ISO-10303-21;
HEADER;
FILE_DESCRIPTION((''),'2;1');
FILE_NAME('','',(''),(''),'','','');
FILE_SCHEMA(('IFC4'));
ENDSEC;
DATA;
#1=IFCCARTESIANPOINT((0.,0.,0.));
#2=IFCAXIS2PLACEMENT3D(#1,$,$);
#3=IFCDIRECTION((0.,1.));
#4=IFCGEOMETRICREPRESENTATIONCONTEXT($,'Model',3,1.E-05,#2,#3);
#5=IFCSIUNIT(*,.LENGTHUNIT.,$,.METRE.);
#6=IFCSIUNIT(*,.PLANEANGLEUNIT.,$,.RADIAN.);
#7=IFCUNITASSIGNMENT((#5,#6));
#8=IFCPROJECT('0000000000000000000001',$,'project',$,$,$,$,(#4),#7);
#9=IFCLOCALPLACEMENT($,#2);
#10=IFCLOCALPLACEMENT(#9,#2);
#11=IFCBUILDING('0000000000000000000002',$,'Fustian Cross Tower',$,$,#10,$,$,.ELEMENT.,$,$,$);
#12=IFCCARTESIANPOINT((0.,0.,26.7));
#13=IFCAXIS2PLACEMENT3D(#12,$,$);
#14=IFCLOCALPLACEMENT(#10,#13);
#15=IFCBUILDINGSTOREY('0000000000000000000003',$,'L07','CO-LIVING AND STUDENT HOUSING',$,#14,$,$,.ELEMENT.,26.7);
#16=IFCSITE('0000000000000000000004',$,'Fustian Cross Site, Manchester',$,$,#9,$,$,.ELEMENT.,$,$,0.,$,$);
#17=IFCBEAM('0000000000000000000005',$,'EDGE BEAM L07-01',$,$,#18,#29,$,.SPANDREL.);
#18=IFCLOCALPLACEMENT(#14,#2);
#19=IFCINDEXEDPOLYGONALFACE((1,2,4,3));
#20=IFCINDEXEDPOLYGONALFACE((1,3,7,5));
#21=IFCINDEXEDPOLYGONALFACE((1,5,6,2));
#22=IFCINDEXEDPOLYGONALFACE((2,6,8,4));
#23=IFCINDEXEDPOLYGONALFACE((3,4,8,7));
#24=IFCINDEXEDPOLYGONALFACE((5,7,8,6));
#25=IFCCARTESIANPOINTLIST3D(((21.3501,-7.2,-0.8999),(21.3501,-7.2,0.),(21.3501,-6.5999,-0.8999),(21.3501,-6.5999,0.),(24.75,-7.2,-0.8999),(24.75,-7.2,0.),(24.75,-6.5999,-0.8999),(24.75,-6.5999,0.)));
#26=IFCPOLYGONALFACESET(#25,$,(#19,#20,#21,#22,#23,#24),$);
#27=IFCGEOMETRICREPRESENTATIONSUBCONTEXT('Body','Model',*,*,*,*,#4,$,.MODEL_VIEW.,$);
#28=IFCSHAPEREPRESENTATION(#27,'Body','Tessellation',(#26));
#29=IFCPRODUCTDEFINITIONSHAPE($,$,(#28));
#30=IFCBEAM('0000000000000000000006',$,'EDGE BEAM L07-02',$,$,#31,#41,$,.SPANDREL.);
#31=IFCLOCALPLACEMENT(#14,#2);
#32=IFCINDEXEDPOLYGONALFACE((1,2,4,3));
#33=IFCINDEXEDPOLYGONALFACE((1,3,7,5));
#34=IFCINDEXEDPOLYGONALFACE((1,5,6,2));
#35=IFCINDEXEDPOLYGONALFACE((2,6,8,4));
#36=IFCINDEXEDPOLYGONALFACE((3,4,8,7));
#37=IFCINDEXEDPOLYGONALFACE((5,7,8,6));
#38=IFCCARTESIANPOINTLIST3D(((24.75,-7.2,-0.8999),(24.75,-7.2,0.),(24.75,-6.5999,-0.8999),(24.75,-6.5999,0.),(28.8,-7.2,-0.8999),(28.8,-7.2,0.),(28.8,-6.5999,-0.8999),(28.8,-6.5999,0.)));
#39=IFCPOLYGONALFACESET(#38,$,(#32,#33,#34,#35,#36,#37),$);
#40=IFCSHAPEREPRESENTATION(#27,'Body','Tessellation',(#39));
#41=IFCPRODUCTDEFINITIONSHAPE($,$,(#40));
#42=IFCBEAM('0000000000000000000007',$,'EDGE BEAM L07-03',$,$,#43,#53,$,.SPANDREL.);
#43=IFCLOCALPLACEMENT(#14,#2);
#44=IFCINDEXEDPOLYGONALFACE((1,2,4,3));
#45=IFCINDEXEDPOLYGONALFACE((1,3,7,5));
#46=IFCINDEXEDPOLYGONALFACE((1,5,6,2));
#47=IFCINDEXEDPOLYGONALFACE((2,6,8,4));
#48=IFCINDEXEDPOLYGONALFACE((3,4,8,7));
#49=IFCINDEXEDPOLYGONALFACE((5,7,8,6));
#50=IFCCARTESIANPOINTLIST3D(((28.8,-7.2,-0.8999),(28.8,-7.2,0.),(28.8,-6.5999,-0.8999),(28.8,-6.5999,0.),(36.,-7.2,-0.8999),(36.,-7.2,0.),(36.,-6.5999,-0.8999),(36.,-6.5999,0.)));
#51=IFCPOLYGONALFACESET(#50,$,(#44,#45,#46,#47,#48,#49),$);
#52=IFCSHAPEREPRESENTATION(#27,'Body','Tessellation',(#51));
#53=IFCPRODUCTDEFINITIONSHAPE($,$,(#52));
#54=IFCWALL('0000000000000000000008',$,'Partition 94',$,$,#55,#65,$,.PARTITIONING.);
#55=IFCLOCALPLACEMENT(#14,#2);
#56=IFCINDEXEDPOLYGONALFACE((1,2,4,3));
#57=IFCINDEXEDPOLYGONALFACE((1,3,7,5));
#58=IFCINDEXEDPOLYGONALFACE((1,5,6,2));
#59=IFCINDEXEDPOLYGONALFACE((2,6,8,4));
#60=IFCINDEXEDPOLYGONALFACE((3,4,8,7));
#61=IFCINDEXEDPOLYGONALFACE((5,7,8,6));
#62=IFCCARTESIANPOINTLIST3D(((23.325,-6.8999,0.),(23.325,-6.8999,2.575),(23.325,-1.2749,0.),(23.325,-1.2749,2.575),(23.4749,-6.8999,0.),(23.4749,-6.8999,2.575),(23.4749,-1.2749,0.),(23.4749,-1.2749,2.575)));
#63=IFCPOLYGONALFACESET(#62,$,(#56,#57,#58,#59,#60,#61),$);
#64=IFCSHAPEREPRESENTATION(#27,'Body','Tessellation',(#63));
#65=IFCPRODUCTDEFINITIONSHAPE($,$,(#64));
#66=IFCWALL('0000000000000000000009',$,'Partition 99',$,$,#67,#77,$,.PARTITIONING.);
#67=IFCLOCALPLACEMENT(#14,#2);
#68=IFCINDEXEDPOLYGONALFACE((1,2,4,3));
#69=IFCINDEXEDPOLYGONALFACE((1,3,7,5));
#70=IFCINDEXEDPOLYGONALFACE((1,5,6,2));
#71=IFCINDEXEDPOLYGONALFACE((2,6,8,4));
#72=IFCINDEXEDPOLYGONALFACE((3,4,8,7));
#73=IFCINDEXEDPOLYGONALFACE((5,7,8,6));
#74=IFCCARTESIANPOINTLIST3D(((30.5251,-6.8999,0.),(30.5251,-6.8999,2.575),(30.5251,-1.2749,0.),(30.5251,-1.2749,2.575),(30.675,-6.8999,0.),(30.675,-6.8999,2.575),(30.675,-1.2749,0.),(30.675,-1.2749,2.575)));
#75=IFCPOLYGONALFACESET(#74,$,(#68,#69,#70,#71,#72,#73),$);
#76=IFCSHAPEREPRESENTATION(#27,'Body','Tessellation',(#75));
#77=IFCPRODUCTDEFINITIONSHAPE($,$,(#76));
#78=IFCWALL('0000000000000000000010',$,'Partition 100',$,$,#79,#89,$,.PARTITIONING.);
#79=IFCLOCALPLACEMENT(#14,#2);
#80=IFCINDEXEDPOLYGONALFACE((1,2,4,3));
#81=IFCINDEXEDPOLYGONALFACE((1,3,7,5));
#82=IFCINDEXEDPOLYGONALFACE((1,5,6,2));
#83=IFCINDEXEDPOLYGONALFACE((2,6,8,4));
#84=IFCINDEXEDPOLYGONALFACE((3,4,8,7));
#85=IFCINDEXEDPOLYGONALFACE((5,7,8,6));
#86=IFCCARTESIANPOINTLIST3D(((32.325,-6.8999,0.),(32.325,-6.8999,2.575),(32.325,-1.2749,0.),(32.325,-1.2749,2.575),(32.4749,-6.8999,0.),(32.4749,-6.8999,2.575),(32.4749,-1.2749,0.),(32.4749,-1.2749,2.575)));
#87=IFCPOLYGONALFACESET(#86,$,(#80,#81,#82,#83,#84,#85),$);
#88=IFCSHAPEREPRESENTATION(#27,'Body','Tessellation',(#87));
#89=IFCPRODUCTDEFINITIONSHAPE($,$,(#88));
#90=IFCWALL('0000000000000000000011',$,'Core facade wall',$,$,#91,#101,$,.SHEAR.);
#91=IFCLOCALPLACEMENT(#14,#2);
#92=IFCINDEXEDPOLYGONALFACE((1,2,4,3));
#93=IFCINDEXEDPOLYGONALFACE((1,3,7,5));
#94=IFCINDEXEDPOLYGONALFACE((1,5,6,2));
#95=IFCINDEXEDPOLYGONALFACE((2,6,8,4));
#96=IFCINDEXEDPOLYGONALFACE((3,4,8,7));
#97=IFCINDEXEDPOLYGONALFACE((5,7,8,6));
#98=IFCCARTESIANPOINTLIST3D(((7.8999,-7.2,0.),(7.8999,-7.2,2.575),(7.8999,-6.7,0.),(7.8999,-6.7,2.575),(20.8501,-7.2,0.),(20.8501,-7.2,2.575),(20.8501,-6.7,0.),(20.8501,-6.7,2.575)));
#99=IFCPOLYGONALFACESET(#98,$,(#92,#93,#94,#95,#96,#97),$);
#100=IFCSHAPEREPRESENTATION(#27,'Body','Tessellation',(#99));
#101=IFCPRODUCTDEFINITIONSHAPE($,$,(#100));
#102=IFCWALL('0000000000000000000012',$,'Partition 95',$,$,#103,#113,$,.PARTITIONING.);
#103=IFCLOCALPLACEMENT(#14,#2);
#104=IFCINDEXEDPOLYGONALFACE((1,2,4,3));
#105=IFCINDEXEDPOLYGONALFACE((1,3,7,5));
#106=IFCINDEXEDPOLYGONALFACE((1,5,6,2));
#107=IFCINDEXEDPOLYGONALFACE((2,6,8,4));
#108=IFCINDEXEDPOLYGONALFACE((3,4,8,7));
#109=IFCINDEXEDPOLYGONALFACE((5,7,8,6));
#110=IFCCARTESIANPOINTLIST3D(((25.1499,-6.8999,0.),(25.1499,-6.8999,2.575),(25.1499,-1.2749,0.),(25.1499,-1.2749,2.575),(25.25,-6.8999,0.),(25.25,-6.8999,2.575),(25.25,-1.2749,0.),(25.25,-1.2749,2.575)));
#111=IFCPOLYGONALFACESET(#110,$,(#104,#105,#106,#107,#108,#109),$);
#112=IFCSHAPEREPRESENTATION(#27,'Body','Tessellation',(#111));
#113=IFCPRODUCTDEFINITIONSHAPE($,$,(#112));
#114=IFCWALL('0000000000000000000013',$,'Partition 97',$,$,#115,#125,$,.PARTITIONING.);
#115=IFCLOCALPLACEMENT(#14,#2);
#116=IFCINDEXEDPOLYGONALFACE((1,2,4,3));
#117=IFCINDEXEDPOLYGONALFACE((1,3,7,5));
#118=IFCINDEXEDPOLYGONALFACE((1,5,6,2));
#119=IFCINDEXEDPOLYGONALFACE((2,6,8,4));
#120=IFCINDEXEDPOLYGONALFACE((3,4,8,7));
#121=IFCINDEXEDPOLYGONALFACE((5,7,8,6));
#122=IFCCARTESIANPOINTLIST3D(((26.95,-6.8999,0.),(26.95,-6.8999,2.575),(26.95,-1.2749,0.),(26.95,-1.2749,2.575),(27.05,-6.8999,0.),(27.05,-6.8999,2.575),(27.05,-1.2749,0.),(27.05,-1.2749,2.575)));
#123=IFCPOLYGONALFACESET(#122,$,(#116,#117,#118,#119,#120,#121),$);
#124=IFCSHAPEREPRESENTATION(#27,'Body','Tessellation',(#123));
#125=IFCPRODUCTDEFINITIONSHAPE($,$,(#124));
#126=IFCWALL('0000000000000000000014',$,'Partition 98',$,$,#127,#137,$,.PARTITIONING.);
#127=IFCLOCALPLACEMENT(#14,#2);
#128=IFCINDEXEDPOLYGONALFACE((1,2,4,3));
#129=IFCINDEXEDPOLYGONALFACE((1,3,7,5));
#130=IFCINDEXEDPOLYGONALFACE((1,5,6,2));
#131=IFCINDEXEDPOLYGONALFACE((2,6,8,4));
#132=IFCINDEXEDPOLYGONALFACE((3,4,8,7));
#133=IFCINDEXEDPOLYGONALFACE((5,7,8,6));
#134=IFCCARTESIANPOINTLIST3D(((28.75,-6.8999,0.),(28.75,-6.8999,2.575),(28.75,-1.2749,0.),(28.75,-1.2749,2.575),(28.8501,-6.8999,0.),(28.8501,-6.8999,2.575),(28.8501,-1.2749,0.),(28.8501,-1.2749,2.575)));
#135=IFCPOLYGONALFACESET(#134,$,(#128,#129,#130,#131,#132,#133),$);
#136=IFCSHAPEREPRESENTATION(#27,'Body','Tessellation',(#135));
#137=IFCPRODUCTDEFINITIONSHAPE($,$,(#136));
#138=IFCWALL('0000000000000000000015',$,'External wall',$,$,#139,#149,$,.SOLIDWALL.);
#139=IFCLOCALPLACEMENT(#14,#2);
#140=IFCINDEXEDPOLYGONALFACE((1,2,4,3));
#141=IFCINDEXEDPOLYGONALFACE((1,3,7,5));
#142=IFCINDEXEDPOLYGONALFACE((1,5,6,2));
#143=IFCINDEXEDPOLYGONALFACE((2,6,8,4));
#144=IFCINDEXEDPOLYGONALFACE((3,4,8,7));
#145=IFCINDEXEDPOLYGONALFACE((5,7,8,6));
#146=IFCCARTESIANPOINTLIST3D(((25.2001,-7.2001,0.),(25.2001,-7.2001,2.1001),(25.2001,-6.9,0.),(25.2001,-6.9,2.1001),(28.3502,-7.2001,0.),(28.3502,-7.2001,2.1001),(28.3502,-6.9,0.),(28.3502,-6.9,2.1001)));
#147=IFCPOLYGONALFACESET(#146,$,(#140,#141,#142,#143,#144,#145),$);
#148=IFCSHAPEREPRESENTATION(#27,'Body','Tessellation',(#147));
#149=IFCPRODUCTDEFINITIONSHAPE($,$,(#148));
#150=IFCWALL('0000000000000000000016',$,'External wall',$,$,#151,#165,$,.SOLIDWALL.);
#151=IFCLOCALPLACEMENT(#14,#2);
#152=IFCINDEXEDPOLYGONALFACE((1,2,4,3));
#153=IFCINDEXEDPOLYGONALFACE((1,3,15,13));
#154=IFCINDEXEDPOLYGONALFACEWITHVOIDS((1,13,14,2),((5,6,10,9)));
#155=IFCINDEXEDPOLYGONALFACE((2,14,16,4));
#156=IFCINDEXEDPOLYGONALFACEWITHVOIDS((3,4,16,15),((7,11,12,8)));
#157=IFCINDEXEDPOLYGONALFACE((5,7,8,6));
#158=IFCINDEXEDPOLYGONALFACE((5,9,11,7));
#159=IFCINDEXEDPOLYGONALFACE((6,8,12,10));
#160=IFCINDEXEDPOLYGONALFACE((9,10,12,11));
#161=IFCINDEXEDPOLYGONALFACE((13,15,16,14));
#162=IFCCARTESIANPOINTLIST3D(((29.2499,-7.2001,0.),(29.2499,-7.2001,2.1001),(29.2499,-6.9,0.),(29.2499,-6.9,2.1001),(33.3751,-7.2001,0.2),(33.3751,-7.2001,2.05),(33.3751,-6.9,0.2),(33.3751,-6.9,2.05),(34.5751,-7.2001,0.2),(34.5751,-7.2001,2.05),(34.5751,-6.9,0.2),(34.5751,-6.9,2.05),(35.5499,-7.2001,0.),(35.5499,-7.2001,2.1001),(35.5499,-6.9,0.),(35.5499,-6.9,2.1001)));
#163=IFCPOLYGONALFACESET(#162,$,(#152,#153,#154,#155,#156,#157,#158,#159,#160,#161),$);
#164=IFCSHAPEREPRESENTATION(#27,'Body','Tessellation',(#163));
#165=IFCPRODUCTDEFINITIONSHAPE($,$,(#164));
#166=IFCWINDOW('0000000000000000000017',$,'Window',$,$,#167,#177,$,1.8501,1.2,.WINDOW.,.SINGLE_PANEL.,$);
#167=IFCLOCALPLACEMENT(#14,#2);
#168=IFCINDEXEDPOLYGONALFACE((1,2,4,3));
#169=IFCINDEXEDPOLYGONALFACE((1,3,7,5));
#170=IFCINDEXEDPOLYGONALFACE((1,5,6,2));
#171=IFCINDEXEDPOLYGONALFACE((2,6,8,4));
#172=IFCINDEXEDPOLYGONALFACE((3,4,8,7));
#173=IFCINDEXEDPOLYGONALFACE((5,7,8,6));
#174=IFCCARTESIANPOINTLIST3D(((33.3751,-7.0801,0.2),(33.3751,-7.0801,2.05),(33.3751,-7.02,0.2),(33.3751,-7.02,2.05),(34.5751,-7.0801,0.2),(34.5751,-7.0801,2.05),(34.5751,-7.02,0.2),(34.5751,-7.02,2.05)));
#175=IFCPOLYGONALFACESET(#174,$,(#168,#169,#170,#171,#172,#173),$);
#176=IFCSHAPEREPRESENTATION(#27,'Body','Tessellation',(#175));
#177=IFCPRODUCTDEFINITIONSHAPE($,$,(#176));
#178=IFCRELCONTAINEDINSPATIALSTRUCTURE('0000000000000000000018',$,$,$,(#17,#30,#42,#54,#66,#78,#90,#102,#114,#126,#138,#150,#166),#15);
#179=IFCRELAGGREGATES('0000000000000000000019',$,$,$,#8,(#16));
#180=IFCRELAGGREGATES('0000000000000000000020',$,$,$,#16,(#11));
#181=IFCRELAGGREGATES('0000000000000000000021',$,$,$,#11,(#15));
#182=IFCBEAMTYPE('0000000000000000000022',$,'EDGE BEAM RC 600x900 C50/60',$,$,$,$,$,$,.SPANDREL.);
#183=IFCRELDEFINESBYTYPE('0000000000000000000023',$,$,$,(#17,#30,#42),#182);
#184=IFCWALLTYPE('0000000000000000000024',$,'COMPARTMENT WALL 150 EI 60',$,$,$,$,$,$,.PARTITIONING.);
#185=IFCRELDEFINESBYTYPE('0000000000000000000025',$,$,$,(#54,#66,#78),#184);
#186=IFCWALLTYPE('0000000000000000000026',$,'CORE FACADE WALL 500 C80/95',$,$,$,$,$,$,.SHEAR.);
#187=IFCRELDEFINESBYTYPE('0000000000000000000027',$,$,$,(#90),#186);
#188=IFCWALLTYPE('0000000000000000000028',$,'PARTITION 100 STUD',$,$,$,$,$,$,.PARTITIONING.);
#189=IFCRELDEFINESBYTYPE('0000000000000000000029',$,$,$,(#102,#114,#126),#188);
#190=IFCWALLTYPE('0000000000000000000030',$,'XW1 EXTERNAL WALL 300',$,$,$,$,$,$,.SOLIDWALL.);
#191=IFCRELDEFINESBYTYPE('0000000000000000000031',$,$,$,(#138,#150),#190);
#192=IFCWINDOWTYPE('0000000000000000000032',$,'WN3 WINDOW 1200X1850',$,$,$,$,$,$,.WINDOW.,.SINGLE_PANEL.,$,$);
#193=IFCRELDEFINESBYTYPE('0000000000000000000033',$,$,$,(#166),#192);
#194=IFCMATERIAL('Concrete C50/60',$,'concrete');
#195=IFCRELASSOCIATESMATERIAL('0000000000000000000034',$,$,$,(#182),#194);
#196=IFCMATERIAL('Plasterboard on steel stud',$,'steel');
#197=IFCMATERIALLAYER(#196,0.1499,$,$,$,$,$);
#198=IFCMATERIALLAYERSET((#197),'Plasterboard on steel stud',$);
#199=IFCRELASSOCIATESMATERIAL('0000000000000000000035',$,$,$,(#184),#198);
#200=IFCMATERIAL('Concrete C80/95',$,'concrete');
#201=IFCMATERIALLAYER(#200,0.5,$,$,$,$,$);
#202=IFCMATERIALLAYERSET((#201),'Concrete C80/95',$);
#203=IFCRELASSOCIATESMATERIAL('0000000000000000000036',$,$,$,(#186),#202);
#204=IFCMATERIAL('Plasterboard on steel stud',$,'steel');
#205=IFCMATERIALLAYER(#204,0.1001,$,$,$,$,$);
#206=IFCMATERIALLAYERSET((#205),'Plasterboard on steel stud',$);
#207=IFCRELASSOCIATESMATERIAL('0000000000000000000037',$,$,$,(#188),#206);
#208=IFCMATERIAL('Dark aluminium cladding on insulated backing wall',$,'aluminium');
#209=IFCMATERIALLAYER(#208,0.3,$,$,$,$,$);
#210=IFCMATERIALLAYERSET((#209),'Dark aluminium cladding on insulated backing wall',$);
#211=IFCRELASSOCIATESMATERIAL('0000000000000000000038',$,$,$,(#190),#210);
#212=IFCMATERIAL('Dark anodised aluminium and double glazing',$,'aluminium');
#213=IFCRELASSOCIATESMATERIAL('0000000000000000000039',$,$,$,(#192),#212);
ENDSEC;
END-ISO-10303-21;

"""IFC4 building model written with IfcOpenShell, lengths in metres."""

from ifc_helpers import new_model, si_unit, direction, frame, frame_2d, origin, origin_2d, place, context, subcontext, project, spatial, rectangle, extrude, material, layer, layer_set, material_profile, profile_set, type_object, element, fill, save


model = new_model("IFC4")

# Units and contexts
model_context = context("Model", 3, precision=1e-05, world=origin(), true_north=direction((0.0, 1.0)))
body_context = subcontext(model_context, "Body", "Model", "MODEL_VIEW")
ifc_project = project(units=[si_unit("LENGTHUNIT", "METRE"), si_unit("PLANEANGLEUNIT", "RADIAN")], contexts=[model_context])

# Site, building, storey
site_placement = place(None, origin())
site = spatial("IfcSite", under=ifc_project, at=site_placement, Name="Fustian Cross Site, Manchester", CompositionType="ELEMENT", RefElevation=0.0)
building_placement = place(site_placement, origin())
building = spatial("IfcBuilding", under=site, at=building_placement, Name="Fustian Cross Tower", CompositionType="ELEMENT")
storey_placement = place(building_placement, frame((0.0, 0.0, 26.7)))
storey = spatial("IfcBuildingStorey", under=building, at=storey_placement, Name="L07", Description="CO-LIVING AND STUDENT HOUSING", CompositionType="ELEMENT", Elevation=26.7)

# Beams
ifc_material_1 = material(Name="Concrete C50/60", Category="concrete")
ifc_material_profile = material_profile(ifc_material_1, rectangle(XDim=0.6001, YDim=0.8999, at=origin_2d()), Name="RC 600x900")
ifc_profile_set = profile_set([ifc_material_profile], Name="Concrete C50/60")
beam_type = type_object("IfcBeamType", Name="EDGE BEAM RC 600x900 C50/60", PredefinedType="SPANDREL", material=ifc_profile_set)
beam_1_placement = place(storey_placement, frame((21.3501, -6.8999, -0.45), z_axis=(1.0, 0.0, 0.0), x_axis=(0.0, 1.0, 0.0)))
element("IfcBeam", 1, at=beam_1_placement, inside=storey, type_object=beam_type, Name="EDGE BEAM L07-01", PredefinedType="SPANDREL", context=body_context, shape_type="SweptSolid", body=[
    extrude(rectangle(XDim=0.6001, YDim=0.8999, at=origin_2d()), origin(), (0.0, 0.0, 1.0), 3.3999),
])
beam_2_placement = place(storey_placement, frame((24.75, -6.8999, -0.45), z_axis=(1.0, 0.0, 0.0), x_axis=(0.0, 1.0, 0.0)))
element("IfcBeam", 2, at=beam_2_placement, inside=storey, type_object=beam_type, Name="EDGE BEAM L07-02", PredefinedType="SPANDREL", context=body_context, shape_type="SweptSolid", body=[
    extrude(rectangle(XDim=0.6001, YDim=0.8999, at=origin_2d()), origin(), (0.0, 0.0, 1.0), 4.05),
])
beam_3_placement = place(storey_placement, frame((28.8, -6.8999, -0.45), z_axis=(1.0, 0.0, 0.0), x_axis=(0.0, 1.0, 0.0)))
element("IfcBeam", 3, at=beam_3_placement, inside=storey, type_object=beam_type, Name="EDGE BEAM L07-03", PredefinedType="SPANDREL", context=body_context, shape_type="SweptSolid", body=[
    extrude(rectangle(XDim=0.6001, YDim=0.8999, at=origin_2d()), origin(), (0.0, 0.0, 1.0), 7.2),
])

# Walls
ifc_material_2 = material(Name="Plasterboard on steel stud", Category="steel")
ifc_layer_1 = layer(ifc_material_2, 0.1499)
ifc_layer_set_1 = layer_set([ifc_layer_1], Name="Plasterboard on steel stud")
wall_type_1 = type_object("IfcWallType", Name="COMPARTMENT WALL 150 EI 60", PredefinedType="PARTITIONING", material=ifc_layer_set_1)
for number, where, z_axis, x_axis, name in (
    (4, (23.3999, -6.8999, 0.0), (0.0, 0.0, 1.0), (0.0, 1.0, 0.0), "Partition 94"),
    (5, (30.6001, -6.8999, 0.0), (0.0, 0.0, 1.0), (0.0, 1.0, 0.0), "Partition 99"),
    (6, (32.3999, -6.8999, 0.0), (0.0, 0.0, 1.0), (0.0, 1.0, 0.0), "Partition 100"),
):
    element("IfcWall", number, at=place(storey_placement, frame(where, z_axis=z_axis, x_axis=x_axis)), inside=storey, type_object=wall_type_1, Name=name, PredefinedType="PARTITIONING", context=body_context, shape_type="SweptSolid", body=[
        extrude(rectangle(XDim=5.625, YDim=0.1499, at=frame_2d((2.8125, 0.0))), origin(), (0.0, 0.0, 1.0), 2.575),
    ])
ifc_material_3 = material(Name="Concrete C80/95", Category="concrete")
ifc_layer_2 = layer(ifc_material_3, 0.5)
ifc_layer_set_2 = layer_set([ifc_layer_2], Name="Concrete C80/95")
wall_type_2 = type_object("IfcWallType", Name="CORE FACADE WALL 500 C80/95", PredefinedType="SHEAR", material=ifc_layer_set_2)
wall_1_placement = place(storey_placement, frame((7.8999, -6.95, 0.0), z_axis=(0.0, 0.0, 1.0), x_axis=(1.0, 0.0, 0.0)))
element("IfcWall", 7, at=wall_1_placement, inside=storey, type_object=wall_type_2, Name="Core facade wall", PredefinedType="SHEAR", context=body_context, shape_type="SweptSolid", body=[
    extrude(rectangle(XDim=12.9502, YDim=0.5, at=frame_2d((6.4751, 0.0))), origin(), (0.0, 0.0, 1.0), 2.575),
])
ifc_material_4 = material(Name="Plasterboard on steel stud", Category="steel")
ifc_layer_3 = layer(ifc_material_4, 0.1001)
ifc_layer_set_3 = layer_set([ifc_layer_3], Name="Plasterboard on steel stud")
wall_type_3 = type_object("IfcWallType", Name="PARTITION 100 STUD", PredefinedType="PARTITIONING", material=ifc_layer_set_3)
for number, where, z_axis, x_axis, name in (
    (8, (25.2, -6.8999, 0.0), (0.0, 0.0, 1.0), (0.0, 1.0, 0.0), "Partition 95"),
    (9, (27.0, -6.8999, 0.0), (0.0, 0.0, 1.0), (0.0, 1.0, 0.0), "Partition 97"),
    (10, (28.8, -6.8999, 0.0), (0.0, 0.0, 1.0), (0.0, 1.0, 0.0), "Partition 98"),
):
    element("IfcWall", number, at=place(storey_placement, frame(where, z_axis=z_axis, x_axis=x_axis)), inside=storey, type_object=wall_type_3, Name=name, PredefinedType="PARTITIONING", context=body_context, shape_type="SweptSolid", body=[
        extrude(rectangle(XDim=5.625, YDim=0.1001, at=frame_2d((2.8125, 0.0))), origin(), (0.0, 0.0, 1.0), 2.575),
    ])
ifc_material_5 = material(Name="Dark aluminium cladding on insulated backing wall", Category="aluminium")
ifc_layer_4 = layer(ifc_material_5, 0.3)
ifc_layer_set_4 = layer_set([ifc_layer_4], Name="Dark aluminium cladding on insulated backing wall")
wall_type_4 = type_object("IfcWallType", Name="XW1 EXTERNAL WALL 300", PredefinedType="SOLIDWALL", material=ifc_layer_set_4)
wall_2_placement = place(storey_placement, frame((25.2, -7.05, 0.0), z_axis=(0.0, 0.0, 1.0), x_axis=(1.0, 0.0, 0.0)))
element("IfcWall", 11, at=wall_2_placement, inside=storey, type_object=wall_type_4, Name="External wall", PredefinedType="SOLIDWALL", context=body_context, shape_type="SweptSolid", body=[
    extrude(rectangle(XDim=3.1501, YDim=0.3, at=frame_2d((1.5752, 0.0))), origin(), (0.0, 0.0, 1.0), 2.1001),
])

# Wall, opening, window
wall_3_placement = place(storey_placement, frame((29.25, -7.05, 0.0), z_axis=(0.0, 0.0, 1.0), x_axis=(1.0, 0.0, 0.0)))
wall_3 = element("IfcWall", 12, at=wall_3_placement, inside=storey, type_object=wall_type_4, Name="External wall", PredefinedType="SOLIDWALL", context=body_context, shape_type="SweptSolid", body=[
    extrude(rectangle(XDim=6.3, YDim=0.3, at=frame_2d((3.1499, 0.0))), origin(), (0.0, 0.0, 1.0), 2.1001),
])
opening_1_placement = place(wall_3_placement, frame((4.125, 0.0, 0.2)))
opening_1 = element("IfcOpeningElement", 13, at=opening_1_placement, cuts=wall_3, PredefinedType="OPENING", context=body_context, shape_type="SweptSolid", body=[
    extrude(rectangle(XDim=1.2, YDim=1.8501, at=frame_2d((0.6001, 0.925))), frame((0.0, 0.1599, 0.0), z_axis=(0.0, -1.0, 0.0), x_axis=(1.0, 0.0, 0.0)), (0.0, 0.0, 1.0), 0.3201),
])
ifc_material_6 = material(Name="Dark anodised aluminium and double glazing", Category="aluminium")
window_type = type_object("IfcWindowType", Name="WN3 WINDOW 1200X1850", PartitioningType="SINGLE_PANEL", PredefinedType="WINDOW", material=ifc_material_6)
window_1_placement = place(opening_1_placement, origin())
window_1 = element("IfcWindow", 14, at=window_1_placement, inside=storey, type_object=window_type, Name="Window", OverallHeight=1.8501, OverallWidth=1.2, PartitioningType="SINGLE_PANEL", PredefinedType="WINDOW", context=body_context, shape_type="SweptSolid", body=[
    extrude(rectangle(XDim=1.2, YDim=1.8501, at=frame_2d((0.6001, 0.925))), frame((0.0, 0.03, 0.0), z_axis=(0.0, -1.0, 0.0), x_axis=(1.0, 0.0, 0.0)), (0.0, 0.0, 1.0), 0.0601),
])
fill(opening_1, window_1)

save(model, "model.ifc")
